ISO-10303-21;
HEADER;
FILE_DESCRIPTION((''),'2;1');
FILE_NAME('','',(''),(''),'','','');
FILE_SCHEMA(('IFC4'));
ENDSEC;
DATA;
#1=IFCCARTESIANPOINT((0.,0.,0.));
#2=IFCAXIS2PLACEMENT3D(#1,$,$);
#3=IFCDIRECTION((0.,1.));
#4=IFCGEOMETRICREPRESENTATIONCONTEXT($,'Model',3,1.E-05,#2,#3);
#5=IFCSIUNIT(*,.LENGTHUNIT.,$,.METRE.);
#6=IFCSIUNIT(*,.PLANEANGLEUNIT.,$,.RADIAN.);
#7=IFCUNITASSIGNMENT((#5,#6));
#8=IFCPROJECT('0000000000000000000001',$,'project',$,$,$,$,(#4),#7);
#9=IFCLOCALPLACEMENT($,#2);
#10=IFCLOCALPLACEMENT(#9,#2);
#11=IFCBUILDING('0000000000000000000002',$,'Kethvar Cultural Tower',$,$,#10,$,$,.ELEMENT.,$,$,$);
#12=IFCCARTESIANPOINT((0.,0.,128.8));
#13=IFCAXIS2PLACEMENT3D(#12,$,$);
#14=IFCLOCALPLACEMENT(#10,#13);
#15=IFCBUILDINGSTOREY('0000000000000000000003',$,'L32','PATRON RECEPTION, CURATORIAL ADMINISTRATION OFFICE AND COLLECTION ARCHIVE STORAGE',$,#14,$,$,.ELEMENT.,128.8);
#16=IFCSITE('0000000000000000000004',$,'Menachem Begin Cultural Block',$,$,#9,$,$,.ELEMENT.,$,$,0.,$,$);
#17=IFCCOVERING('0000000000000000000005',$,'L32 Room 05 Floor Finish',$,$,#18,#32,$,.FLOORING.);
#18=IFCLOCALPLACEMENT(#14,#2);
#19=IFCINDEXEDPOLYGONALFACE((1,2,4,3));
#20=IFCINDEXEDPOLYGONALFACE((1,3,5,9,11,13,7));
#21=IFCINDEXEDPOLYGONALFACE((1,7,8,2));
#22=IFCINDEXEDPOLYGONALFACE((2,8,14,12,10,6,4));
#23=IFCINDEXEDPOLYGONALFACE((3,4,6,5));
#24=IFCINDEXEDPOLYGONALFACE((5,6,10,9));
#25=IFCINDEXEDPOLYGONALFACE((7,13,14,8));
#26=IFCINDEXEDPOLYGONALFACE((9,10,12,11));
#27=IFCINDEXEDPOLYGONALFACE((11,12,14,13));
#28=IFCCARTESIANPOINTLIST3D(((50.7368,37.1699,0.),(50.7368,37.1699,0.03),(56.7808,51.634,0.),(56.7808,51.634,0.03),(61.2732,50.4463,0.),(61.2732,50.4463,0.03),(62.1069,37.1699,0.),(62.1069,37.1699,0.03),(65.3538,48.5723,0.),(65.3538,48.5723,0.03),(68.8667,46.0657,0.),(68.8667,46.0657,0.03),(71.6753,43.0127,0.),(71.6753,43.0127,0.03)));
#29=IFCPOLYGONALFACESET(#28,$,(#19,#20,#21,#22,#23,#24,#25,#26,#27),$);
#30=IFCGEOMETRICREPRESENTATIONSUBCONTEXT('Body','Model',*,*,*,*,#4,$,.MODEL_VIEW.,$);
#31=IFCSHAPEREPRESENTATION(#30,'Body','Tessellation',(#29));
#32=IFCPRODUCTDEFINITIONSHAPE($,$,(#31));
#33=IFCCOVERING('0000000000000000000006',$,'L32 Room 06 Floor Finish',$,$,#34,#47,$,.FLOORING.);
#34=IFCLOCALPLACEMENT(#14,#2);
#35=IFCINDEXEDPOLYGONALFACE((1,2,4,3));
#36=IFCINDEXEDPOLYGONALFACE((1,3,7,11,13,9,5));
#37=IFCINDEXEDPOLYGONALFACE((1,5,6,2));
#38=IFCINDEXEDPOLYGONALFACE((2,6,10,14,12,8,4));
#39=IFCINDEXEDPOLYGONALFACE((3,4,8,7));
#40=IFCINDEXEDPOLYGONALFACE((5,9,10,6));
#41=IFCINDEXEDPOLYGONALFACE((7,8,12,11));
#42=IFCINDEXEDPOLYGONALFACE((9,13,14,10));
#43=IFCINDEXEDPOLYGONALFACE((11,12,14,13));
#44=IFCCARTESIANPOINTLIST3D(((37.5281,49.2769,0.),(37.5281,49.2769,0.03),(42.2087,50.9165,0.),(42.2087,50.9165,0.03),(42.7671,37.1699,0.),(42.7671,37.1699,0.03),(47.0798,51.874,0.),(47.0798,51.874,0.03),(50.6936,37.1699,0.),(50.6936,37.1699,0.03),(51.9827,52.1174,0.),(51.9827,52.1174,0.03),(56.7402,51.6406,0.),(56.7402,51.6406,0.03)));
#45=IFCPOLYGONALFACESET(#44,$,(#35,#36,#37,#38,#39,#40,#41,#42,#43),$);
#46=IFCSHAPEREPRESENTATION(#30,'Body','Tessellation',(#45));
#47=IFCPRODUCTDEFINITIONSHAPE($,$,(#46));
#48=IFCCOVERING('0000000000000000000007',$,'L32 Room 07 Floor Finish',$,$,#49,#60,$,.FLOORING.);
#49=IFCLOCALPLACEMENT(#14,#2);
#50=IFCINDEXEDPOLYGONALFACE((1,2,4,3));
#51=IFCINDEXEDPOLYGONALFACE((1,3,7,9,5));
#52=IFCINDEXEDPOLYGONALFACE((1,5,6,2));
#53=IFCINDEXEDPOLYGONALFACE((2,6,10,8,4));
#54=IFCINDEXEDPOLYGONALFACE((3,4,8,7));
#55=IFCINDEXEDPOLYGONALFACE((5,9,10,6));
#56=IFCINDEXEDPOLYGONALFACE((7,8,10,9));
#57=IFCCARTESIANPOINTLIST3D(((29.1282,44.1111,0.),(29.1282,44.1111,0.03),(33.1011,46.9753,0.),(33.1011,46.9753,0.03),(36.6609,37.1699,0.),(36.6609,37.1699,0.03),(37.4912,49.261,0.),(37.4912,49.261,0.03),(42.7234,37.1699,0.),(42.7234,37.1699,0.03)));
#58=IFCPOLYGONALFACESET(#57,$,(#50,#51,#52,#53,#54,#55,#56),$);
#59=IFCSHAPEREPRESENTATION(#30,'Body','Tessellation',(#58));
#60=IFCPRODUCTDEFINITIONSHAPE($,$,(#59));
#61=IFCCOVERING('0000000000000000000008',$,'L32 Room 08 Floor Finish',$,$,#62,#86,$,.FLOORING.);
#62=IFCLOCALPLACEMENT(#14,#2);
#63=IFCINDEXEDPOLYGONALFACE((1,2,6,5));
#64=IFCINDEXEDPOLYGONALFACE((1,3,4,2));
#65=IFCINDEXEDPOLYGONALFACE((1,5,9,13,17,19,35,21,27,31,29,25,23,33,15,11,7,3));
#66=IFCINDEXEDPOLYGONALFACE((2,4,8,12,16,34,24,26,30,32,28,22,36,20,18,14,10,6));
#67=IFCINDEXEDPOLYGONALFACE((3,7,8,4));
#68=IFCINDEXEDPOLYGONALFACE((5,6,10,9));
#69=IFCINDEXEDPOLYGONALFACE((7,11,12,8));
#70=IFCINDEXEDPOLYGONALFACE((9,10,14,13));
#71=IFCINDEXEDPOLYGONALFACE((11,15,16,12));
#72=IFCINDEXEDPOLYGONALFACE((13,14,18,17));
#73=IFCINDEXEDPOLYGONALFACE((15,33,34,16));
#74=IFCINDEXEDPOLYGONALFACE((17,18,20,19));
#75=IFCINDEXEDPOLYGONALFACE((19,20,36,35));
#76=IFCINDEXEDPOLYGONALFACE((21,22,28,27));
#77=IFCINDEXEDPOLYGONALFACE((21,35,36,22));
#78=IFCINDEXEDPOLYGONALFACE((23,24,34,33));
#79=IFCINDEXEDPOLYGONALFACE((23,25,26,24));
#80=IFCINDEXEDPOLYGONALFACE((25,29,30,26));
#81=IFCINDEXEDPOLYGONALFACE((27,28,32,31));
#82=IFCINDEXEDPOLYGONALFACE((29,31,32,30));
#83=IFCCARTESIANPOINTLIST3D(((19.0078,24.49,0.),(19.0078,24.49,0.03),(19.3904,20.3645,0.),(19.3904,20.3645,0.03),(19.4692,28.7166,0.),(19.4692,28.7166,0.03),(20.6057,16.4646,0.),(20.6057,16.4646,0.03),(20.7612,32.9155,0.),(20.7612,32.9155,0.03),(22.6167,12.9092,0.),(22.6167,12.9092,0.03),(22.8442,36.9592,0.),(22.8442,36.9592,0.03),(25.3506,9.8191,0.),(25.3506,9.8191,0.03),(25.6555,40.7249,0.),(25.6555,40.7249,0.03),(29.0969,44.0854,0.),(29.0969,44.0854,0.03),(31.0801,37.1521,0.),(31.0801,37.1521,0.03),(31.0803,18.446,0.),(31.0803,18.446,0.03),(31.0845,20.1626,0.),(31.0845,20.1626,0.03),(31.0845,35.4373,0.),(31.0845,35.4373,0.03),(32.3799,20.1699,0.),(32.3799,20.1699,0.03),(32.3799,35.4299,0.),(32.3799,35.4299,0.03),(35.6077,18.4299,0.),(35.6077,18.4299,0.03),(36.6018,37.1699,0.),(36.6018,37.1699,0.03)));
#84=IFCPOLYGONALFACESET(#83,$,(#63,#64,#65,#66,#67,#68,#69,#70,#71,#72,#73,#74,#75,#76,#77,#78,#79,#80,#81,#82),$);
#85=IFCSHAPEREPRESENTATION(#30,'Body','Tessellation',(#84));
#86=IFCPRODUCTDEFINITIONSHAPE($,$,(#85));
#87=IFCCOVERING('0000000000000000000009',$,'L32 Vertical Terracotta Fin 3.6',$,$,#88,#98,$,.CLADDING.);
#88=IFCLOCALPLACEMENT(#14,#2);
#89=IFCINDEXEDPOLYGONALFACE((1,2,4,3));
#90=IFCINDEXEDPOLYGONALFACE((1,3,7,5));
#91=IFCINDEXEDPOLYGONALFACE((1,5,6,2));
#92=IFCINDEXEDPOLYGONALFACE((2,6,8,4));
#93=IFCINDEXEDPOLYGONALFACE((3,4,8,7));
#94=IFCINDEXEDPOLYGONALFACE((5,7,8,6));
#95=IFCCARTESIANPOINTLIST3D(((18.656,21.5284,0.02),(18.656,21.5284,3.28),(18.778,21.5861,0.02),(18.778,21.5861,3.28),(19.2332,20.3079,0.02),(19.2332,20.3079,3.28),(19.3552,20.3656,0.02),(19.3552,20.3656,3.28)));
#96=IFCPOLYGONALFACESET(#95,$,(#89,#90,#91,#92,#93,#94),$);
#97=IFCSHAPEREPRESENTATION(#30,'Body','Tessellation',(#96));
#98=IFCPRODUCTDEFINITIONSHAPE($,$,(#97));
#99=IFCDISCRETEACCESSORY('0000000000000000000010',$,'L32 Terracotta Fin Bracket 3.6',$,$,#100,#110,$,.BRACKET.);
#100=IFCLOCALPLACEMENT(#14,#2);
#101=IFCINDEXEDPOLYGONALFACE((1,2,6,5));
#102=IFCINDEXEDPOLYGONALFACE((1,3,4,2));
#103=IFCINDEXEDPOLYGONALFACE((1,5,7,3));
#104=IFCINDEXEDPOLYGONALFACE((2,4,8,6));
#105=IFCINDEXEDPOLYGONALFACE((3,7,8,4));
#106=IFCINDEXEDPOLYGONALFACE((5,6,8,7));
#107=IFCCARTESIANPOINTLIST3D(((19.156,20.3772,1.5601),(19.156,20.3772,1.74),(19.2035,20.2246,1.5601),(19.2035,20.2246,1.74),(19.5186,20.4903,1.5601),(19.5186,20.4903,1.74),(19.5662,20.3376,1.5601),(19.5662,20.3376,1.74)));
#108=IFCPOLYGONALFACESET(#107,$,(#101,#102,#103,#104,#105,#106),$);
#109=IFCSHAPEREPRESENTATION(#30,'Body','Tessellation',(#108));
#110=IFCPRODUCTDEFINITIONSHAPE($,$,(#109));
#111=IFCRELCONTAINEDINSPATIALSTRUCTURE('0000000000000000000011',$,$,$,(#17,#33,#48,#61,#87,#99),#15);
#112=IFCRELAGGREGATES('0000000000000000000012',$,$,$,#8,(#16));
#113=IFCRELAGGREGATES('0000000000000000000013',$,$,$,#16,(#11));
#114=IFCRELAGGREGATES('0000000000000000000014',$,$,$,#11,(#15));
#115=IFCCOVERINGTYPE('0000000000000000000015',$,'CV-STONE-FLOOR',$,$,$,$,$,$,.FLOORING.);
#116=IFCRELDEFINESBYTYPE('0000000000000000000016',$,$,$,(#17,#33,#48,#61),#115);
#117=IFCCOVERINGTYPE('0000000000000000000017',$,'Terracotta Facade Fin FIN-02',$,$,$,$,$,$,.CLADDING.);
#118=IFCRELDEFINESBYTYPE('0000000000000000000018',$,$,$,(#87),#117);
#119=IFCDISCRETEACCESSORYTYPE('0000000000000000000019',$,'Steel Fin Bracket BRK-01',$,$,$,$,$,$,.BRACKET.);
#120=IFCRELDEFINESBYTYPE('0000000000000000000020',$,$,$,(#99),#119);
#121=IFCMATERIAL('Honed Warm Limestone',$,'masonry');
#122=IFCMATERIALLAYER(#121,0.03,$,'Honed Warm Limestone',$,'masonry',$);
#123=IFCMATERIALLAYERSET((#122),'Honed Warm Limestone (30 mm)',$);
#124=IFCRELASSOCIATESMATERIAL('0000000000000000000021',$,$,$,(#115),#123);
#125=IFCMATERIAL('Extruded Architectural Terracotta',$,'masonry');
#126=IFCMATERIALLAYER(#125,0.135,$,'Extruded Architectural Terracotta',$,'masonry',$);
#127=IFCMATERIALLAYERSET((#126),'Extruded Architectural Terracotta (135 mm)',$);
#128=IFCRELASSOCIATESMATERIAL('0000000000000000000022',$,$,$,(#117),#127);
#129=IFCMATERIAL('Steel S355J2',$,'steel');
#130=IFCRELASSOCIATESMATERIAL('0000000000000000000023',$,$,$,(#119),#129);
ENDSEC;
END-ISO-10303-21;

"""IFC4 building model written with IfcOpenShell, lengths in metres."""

from ifc_helpers import new_model, si_unit, direction, frame, origin, origin_2d, place, context, subcontext, project, spatial, polyline, rectangle, outline, extrude, source, transform, mapped, material, layer, layer_set, type_object, element, save


model = new_model("IFC4")

# Units and contexts
model_context = context("Model", 3, precision=1e-05, world=origin(), true_north=direction((0.0, 1.0)))
body_context = subcontext(model_context, "Body", "Model", "MODEL_VIEW")
ifc_project = project(units=[si_unit("LENGTHUNIT", "METRE"), si_unit("PLANEANGLEUNIT", "RADIAN")], contexts=[model_context])

# Site, building, storey
site_placement = place(None, origin())
site = spatial("IfcSite", under=ifc_project, at=site_placement, Name="Menachem Begin Cultural Block", CompositionType="ELEMENT", RefElevation=0.0)
building_placement = place(site_placement, origin())
building = spatial("IfcBuilding", under=site, at=building_placement, Name="Kethvar Cultural Tower", CompositionType="ELEMENT")
storey_placement = place(building_placement, frame((0.0, 0.0, 128.8)))
storey = spatial("IfcBuildingStorey", under=building, at=storey_placement, Name="L32", Description="PATRON RECEPTION, CURATORIAL ADMINISTRATION OFFICE AND COLLECTION ARCHIVE STORAGE", CompositionType="ELEMENT", Elevation=128.8)

# Coverings
ifc_material_1 = material(Name="Honed Warm Limestone", Category="masonry")
ifc_layer_1 = layer(ifc_material_1, 0.03, Name="Honed Warm Limestone", Category="masonry")
ifc_layer_set_1 = layer_set([ifc_layer_1], Name="Honed Warm Limestone (30 mm)")
covering_type_1 = type_object("IfcCoveringType", Name="CV-STONE-FLOOR", PredefinedType="FLOORING", material=ifc_layer_set_1)
covering_1_placement = place(storey_placement, origin())
element("IfcCovering", 1, at=covering_1_placement, inside=storey, type_object=covering_type_1, Name="L32 Room 05 Floor Finish", PredefinedType="FLOORING", context=body_context, shape_type="SweptSolid", body=[
    extrude(outline(polyline([(61.2732, 50.4463), (65.3538, 48.5723), (68.8667, 46.0657), (71.6753, 43.0127), (62.1069, 37.1699), (50.7368, 37.1699), (56.7808, 51.634), (61.2732, 50.4463)])), origin(), (0.0, 0.0, 1.0), 0.03),
])
covering_2_placement = place(storey_placement, origin())
element("IfcCovering", 2, at=covering_2_placement, inside=storey, type_object=covering_type_1, Name="L32 Room 06 Floor Finish", PredefinedType="FLOORING", context=body_context, shape_type="SweptSolid", body=[
    extrude(outline(polyline([(42.2087, 50.9165), (47.0798, 51.874), (51.9827, 52.1174), (56.7402, 51.6406), (50.6936, 37.1699), (42.7671, 37.1699), (37.5281, 49.2769), (42.2087, 50.9165)])), origin(), (0.0, 0.0, 1.0), 0.03),
])
covering_3_placement = place(storey_placement, origin())
element("IfcCovering", 3, at=covering_3_placement, inside=storey, type_object=covering_type_1, Name="L32 Room 07 Floor Finish", PredefinedType="FLOORING", context=body_context, shape_type="SweptSolid", body=[
    extrude(outline(polyline([(33.1011, 46.9753), (37.4912, 49.261), (42.7234, 37.1699), (36.6609, 37.1699), (29.1282, 44.1111), (33.1011, 46.9753)])), origin(), (0.0, 0.0, 1.0), 0.03),
])
covering_4_placement = place(storey_placement, origin())
element("IfcCovering", 4, at=covering_4_placement, inside=storey, type_object=covering_type_1, Name="L32 Room 08 Floor Finish", PredefinedType="FLOORING", context=body_context, shape_type="SweptSolid", body=[
    extrude(outline(polyline([(22.6167, 12.9092), (20.6057, 16.4646), (19.3904, 20.3645), (19.0078, 24.49), (19.4692, 28.7166), (20.7612, 32.9155), (22.8442, 36.9592), (25.6555, 40.7249), (29.0969, 44.0854), (36.6018, 37.1699), (31.0801, 37.1521), (31.0845, 35.4373), (32.3799, 35.4299), (32.3799, 20.1699), (31.0845, 20.1626), (31.0803, 18.446), (35.6077, 18.4299), (25.3506, 9.8191), (22.6167, 12.9092)])), origin(), (0.0, 0.0, 1.0), 0.03),
])
ifc_material_2 = material(Name="Extruded Architectural Terracotta", Category="masonry")
ifc_layer_2 = layer(ifc_material_2, 0.135, Name="Extruded Architectural Terracotta", Category="masonry")
ifc_layer_set_2 = layer_set([ifc_layer_2], Name="Extruded Architectural Terracotta (135 mm)")
covering_type_2 = type_object("IfcCoveringType", Name="Terracotta Facade Fin FIN-02", PredefinedType="CLADDING", material=ifc_layer_set_2)
shared_shape_1 = source(origin(), body_context, "Body", "SweptSolid", [
    extrude(rectangle(XDim=1.3501, YDim=0.135, at=origin_2d()), origin(), (0.0, 0.0, 1.0), 3.26),
])
covering_5_placement = place(storey_placement, frame((19.0056, 20.947, 0.02), z_axis=(0.0, 0.0, 1.0), x_axis=(-0.427516, 0.904008, 0.0)))
element("IfcCovering", 5, at=covering_5_placement, inside=storey, type_object=covering_type_2, Name="L32 Vertical Terracotta Fin 3.6", PredefinedType="CLADDING", context=body_context, shape_type="MappedRepresentation", body=[
    mapped(shared_shape_1, transform((0.0, 0.0, 0.0), scale=1.0)),
])

# Discrete accessory
ifc_material_3 = material(Name="Steel S355J2", Category="steel")
discrete_accessory_type = type_object("IfcDiscreteAccessoryType", Name="Steel Fin Bracket BRK-01", PredefinedType="BRACKET", material=ifc_material_3)
shared_shape_2 = source(origin(), body_context, "Body", "SweptSolid", [
    extrude(rectangle(XDim=0.3799, YDim=0.1599, at=origin_2d()), origin(), (0.0, 0.0, 1.0), 0.1799),
])
discrete_accessory_placement = place(storey_placement, frame((19.3611, 20.3574, 1.5601), z_axis=(0.0, 0.0, 1.0), x_axis=(-0.954709, -0.297542, 0.0)))
element("IfcDiscreteAccessory", 6, at=discrete_accessory_placement, inside=storey, type_object=discrete_accessory_type, Name="L32 Terracotta Fin Bracket 3.6", PredefinedType="BRACKET", context=body_context, shape_type="MappedRepresentation", body=[
    mapped(shared_shape_2, transform((0.0, 0.0, 0.0), scale=1.0)),
])

save(model, "model.ifc")
